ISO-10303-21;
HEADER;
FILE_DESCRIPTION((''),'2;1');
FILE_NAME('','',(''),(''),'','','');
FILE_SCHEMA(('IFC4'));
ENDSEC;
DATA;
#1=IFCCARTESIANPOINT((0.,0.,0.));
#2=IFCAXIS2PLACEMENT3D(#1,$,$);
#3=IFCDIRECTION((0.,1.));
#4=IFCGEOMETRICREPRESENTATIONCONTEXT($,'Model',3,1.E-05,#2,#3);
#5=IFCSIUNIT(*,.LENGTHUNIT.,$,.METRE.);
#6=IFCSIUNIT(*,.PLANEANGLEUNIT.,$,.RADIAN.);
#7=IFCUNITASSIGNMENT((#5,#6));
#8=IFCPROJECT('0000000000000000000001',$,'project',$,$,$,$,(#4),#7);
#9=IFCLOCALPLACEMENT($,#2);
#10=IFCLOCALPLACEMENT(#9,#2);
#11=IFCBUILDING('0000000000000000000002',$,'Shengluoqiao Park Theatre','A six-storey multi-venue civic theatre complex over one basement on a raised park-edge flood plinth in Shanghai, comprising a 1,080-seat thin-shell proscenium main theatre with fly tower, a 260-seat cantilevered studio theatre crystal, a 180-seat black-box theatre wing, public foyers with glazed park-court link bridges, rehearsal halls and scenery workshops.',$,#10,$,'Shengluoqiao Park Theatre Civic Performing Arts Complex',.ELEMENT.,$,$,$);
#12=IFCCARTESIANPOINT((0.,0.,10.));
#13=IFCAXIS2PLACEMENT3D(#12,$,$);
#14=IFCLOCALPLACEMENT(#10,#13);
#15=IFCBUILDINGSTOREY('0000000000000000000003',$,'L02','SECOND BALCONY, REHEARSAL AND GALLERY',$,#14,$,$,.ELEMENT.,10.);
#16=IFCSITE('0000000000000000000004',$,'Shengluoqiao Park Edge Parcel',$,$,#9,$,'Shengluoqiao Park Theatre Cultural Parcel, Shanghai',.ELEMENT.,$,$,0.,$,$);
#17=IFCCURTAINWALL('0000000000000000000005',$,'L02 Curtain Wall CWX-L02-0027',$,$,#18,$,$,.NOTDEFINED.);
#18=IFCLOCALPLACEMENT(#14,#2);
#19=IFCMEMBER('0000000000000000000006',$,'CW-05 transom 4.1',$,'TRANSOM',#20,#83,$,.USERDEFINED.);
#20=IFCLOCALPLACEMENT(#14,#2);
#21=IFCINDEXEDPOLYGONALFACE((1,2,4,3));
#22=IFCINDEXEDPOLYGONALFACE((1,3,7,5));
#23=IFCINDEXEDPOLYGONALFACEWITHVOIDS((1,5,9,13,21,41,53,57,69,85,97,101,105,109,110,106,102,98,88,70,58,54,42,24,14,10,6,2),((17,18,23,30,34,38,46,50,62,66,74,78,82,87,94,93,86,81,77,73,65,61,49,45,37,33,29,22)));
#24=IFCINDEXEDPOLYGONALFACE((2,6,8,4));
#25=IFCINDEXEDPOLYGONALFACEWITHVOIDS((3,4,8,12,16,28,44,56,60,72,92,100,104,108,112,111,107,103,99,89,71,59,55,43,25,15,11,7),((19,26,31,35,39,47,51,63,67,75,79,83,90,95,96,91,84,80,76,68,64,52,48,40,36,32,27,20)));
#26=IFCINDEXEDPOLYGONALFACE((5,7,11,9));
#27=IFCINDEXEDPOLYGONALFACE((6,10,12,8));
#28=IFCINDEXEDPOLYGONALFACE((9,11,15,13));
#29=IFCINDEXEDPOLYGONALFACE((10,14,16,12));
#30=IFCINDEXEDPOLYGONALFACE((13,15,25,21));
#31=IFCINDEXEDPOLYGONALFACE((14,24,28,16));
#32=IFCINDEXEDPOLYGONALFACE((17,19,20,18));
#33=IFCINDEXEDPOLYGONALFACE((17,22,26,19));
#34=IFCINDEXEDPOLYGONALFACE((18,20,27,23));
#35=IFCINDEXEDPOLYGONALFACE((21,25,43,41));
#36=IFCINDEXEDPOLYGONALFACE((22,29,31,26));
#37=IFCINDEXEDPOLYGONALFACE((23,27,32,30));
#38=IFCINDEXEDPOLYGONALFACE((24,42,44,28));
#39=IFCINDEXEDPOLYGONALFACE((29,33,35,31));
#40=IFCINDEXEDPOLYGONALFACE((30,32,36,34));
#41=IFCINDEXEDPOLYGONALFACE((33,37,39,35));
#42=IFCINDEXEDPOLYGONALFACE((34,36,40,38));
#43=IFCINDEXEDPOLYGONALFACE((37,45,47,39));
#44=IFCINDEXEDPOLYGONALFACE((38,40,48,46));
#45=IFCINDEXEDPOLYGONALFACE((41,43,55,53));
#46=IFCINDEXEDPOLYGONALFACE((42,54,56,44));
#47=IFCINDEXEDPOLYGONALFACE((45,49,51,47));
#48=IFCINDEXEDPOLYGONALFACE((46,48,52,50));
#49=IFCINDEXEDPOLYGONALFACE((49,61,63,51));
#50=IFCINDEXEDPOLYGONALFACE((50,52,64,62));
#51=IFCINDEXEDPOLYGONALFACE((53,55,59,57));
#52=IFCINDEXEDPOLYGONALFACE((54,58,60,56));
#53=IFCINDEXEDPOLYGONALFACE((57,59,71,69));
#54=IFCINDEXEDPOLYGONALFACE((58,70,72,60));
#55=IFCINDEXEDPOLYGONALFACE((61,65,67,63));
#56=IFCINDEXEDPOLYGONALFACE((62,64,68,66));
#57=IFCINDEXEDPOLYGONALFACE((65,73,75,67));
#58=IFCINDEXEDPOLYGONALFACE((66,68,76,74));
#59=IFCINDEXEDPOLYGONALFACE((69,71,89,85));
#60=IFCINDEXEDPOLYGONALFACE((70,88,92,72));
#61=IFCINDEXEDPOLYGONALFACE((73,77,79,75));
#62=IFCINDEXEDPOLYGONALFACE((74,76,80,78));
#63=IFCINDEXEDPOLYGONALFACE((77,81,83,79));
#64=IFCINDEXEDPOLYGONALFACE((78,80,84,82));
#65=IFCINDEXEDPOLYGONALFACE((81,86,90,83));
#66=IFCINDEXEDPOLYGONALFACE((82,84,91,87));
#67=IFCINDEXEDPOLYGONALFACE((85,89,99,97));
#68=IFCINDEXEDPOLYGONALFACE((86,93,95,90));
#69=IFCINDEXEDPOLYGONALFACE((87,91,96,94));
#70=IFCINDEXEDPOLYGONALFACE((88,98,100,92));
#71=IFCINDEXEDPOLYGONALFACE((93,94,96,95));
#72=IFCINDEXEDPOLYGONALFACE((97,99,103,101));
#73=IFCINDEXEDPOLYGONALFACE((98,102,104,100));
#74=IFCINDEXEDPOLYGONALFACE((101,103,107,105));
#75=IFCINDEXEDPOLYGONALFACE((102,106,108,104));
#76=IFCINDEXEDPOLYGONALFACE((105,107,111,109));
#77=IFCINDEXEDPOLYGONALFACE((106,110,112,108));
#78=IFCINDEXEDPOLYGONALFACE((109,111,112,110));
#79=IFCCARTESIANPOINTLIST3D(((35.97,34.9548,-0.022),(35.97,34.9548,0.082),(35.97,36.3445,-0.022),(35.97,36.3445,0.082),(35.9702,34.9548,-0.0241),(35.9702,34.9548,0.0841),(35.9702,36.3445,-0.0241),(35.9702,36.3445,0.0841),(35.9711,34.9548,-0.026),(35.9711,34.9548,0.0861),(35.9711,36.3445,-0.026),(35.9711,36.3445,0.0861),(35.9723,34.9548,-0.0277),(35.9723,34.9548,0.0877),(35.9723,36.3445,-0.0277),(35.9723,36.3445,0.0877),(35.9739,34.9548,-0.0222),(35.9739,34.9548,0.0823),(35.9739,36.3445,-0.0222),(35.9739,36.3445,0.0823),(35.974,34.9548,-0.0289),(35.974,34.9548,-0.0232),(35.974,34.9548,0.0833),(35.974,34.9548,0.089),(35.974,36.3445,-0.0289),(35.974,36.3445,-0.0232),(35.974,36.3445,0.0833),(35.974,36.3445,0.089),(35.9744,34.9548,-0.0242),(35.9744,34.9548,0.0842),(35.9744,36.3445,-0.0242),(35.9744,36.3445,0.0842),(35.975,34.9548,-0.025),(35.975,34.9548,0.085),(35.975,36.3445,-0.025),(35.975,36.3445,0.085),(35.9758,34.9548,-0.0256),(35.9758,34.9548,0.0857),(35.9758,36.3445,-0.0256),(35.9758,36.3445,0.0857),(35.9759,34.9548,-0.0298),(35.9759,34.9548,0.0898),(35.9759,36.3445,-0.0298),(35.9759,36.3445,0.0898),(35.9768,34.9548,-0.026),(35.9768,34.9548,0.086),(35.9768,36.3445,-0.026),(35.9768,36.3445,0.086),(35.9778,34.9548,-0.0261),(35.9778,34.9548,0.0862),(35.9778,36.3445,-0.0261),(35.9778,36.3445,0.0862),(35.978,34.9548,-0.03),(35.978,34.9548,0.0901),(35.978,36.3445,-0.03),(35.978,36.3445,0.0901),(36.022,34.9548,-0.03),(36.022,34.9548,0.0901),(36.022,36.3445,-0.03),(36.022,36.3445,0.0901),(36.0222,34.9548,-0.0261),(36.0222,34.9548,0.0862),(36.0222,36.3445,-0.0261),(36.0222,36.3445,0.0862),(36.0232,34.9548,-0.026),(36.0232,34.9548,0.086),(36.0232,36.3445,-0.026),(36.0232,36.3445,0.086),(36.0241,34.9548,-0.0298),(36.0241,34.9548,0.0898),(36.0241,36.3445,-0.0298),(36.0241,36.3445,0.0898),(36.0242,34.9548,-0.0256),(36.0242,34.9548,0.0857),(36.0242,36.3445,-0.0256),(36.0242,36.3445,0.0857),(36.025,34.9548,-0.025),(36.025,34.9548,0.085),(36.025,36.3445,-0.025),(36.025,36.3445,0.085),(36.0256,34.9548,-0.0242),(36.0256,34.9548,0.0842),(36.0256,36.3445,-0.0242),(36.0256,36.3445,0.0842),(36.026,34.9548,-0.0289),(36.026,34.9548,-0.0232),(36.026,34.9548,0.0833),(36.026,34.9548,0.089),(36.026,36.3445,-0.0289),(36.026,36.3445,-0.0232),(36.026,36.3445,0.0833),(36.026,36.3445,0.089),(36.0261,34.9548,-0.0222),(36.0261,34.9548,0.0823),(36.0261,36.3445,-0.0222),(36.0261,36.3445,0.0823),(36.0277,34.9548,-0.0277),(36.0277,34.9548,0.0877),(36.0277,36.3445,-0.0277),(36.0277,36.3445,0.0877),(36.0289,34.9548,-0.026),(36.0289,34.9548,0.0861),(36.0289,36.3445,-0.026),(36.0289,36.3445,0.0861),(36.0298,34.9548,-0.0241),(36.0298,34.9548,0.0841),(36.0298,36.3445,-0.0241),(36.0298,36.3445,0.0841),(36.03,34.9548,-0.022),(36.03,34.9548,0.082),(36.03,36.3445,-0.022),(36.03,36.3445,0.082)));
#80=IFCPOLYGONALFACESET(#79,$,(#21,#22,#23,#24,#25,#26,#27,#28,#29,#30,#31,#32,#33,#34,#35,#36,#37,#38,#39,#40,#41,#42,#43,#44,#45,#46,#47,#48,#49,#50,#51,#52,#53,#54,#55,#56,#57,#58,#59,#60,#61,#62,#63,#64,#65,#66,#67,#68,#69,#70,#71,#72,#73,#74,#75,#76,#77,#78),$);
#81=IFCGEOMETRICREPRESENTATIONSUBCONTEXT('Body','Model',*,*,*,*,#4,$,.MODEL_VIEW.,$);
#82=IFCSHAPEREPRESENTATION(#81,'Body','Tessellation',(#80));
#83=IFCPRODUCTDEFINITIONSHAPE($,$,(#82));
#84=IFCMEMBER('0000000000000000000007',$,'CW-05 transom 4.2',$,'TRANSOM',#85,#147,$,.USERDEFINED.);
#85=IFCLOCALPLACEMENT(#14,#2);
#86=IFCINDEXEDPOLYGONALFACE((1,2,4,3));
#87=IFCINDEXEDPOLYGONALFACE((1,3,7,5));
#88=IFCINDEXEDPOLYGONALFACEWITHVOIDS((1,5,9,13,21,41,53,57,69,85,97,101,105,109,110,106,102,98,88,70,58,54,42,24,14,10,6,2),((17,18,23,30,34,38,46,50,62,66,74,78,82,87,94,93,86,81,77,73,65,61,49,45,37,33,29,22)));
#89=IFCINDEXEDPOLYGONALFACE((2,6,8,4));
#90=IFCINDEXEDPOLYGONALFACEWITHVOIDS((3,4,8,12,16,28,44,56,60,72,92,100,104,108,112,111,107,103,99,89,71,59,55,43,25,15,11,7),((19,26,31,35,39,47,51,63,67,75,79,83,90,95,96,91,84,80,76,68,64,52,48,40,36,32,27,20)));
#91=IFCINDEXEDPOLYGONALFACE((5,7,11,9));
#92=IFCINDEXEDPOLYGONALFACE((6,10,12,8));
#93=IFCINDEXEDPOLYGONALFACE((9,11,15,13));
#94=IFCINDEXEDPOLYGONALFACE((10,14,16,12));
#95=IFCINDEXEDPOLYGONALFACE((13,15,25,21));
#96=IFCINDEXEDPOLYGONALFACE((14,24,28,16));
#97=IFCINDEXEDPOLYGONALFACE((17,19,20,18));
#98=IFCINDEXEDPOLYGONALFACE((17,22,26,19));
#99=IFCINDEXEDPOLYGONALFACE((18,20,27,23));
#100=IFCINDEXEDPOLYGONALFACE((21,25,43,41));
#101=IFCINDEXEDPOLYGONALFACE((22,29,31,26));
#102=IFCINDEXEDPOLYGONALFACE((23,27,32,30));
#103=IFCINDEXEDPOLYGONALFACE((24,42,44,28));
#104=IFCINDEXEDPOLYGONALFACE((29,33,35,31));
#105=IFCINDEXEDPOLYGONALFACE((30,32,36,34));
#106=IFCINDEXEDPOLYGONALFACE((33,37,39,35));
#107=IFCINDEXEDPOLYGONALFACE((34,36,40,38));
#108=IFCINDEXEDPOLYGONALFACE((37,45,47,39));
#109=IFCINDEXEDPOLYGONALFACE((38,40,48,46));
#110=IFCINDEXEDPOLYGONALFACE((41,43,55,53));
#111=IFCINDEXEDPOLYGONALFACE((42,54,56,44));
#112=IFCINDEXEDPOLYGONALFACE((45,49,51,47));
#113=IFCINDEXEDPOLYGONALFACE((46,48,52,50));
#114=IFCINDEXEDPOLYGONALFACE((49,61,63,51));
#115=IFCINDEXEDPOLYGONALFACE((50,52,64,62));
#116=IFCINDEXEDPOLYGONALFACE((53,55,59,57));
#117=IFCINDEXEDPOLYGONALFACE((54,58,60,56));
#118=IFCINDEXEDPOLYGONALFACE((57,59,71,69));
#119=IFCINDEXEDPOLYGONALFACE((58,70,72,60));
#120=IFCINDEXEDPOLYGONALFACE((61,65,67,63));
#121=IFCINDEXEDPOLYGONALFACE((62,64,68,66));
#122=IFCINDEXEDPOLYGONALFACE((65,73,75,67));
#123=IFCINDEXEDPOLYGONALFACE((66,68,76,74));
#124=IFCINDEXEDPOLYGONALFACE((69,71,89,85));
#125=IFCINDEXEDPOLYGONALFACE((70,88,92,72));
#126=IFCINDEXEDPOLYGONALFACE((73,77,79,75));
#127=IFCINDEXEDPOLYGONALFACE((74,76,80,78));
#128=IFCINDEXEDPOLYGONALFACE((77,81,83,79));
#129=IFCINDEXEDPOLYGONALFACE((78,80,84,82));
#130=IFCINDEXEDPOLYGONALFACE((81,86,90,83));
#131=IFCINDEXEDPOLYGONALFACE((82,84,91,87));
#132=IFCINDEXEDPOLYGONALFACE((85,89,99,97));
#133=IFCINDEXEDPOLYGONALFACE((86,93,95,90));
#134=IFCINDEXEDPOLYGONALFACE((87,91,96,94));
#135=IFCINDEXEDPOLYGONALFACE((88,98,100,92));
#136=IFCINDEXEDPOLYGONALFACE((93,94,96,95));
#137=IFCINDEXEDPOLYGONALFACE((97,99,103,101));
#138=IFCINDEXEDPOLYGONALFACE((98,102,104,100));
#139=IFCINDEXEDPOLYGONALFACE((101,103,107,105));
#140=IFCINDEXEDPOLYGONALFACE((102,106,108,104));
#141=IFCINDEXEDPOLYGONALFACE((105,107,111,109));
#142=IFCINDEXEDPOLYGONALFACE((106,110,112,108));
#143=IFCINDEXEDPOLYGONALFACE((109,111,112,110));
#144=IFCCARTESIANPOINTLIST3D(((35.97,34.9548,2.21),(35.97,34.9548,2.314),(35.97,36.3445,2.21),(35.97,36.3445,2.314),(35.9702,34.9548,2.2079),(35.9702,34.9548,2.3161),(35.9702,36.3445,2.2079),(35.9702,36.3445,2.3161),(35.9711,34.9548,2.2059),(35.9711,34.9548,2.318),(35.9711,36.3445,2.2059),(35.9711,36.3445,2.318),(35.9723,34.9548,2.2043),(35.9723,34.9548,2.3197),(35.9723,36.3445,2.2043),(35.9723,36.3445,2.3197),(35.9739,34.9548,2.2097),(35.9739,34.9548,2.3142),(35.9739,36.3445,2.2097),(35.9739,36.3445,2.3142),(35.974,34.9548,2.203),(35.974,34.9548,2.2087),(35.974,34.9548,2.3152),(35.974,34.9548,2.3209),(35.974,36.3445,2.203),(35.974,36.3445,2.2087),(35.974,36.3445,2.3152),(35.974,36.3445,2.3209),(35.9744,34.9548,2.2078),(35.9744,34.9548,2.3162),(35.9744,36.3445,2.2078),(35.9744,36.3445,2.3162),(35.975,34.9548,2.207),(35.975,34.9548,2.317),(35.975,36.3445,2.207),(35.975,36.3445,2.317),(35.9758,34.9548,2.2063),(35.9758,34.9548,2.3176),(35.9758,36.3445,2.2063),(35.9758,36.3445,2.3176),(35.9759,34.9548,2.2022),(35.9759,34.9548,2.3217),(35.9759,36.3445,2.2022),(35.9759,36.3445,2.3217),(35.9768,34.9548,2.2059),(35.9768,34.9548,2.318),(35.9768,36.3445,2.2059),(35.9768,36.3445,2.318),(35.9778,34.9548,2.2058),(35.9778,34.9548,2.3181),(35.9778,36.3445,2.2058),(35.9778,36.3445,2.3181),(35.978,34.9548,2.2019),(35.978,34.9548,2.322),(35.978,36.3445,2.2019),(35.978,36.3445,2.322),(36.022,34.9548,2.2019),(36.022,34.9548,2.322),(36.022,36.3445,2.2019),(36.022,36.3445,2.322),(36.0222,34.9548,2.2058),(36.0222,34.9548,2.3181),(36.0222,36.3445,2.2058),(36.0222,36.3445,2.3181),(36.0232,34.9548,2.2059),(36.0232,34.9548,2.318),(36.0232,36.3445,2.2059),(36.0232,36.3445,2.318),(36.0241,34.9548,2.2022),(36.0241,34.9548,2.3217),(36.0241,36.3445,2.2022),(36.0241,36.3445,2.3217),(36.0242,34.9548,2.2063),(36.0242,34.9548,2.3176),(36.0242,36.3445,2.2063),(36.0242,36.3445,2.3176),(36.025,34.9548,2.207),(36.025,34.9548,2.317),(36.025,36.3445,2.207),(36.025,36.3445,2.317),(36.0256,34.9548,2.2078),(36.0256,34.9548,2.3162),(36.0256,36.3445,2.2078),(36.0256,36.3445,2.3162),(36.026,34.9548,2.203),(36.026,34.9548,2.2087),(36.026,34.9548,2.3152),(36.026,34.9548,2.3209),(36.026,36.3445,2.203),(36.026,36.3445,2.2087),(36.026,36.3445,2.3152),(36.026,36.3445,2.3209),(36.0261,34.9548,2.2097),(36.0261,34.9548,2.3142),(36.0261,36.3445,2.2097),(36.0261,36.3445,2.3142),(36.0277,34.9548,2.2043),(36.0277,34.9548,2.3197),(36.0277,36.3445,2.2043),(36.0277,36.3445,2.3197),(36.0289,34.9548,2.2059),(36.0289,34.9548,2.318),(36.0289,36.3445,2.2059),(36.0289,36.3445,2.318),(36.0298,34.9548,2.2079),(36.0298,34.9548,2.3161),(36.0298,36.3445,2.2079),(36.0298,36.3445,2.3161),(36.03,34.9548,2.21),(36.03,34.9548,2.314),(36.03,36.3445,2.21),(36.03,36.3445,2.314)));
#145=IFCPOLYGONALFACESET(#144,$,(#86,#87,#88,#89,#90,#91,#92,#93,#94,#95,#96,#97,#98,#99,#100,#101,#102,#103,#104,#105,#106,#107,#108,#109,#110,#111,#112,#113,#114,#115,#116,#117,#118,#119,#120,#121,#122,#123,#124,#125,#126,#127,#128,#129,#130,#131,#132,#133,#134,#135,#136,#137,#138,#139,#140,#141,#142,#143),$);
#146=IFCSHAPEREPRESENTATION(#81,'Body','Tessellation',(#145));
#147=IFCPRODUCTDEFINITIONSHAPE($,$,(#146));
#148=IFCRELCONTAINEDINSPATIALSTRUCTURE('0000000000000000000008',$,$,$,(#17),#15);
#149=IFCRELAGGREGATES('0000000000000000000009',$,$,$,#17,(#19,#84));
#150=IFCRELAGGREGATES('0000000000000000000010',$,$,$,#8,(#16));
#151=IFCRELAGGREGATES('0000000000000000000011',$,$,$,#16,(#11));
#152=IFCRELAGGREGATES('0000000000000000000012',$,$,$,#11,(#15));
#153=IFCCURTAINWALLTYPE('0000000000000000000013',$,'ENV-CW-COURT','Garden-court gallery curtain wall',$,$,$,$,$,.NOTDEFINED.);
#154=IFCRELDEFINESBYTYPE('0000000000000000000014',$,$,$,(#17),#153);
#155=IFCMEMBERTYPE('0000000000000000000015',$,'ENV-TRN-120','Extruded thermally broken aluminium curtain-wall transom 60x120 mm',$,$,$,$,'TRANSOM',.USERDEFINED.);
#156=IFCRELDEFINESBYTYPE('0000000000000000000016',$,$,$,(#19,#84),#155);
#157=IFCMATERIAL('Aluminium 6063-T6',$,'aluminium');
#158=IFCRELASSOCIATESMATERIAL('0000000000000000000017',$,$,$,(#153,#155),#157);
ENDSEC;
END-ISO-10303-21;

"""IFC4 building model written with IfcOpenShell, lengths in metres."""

from ifc_helpers import new_model, si_unit, direction, frame, origin, origin_2d, place, context, subcontext, project, spatial, hollow_rectangle, extrude, material, material_profile, profile_set, type_object, element, aggregate, save


model = new_model("IFC4")

# Units and contexts
model_context = context("Model", 3, precision=1e-05, world=origin(), true_north=direction((0.0, 1.0)))
body_context = subcontext(model_context, "Body", "Model", "MODEL_VIEW")
ifc_project = project(units=[si_unit("LENGTHUNIT", "METRE"), si_unit("PLANEANGLEUNIT", "RADIAN")], contexts=[model_context])

# Site, building, storey
site_placement = place(None, origin())
site = spatial("IfcSite", under=ifc_project, at=site_placement, Name="Shengluoqiao Park Edge Parcel", LongName="Shengluoqiao Park Theatre Cultural Parcel, Shanghai", CompositionType="ELEMENT", RefElevation=0.0)
building_placement = place(site_placement, origin())
building = spatial("IfcBuilding", under=site, at=building_placement, Name="Shengluoqiao Park Theatre", Description="A six-storey multi-venue civic theatre complex over one basement on a raised park-edge flood plinth in Shanghai, comprising a 1,080-seat thin-shell proscenium main theatre with fly tower, a 260-seat cantilevered studio theatre crystal, a 180-seat black-box theatre wing, public foyers with glazed park-court link bridges, rehearsal halls and scenery workshops.", LongName="Shengluoqiao Park Theatre Civic Performing Arts Complex", CompositionType="ELEMENT")
storey_placement = place(building_placement, frame((0.0, 0.0, 10.0)))
storey = spatial("IfcBuildingStorey", under=building, at=storey_placement, Name="L02", Description="SECOND BALCONY, REHEARSAL AND GALLERY", CompositionType="ELEMENT", Elevation=10.0)

# Curtain wall, members
ifc_material_1 = material(Name="Aluminium 6063-T6", Category="aluminium")
curtain_wall_type = type_object("IfcCurtainWallType", Name="ENV-CW-COURT", Description="Garden-court gallery curtain wall", PredefinedType="NOTDEFINED", material=ifc_material_1)
curtain_wall_placement = place(storey_placement, origin())
curtain_wall = element("IfcCurtainWall", 1, at=curtain_wall_placement, inside=storey, type_object=curtain_wall_type, Name="L02 Curtain Wall CWX-L02-0027", PredefinedType="NOTDEFINED")
ifc_material_profile_1 = material_profile(ifc_material_1, hollow_rectangle(XDim=0.0601, YDim=0.1201, WallThickness=0.0039, InnerFilletRadius=0.0039, OuterFilletRadius=0.0081, at=origin_2d()), Name="ALU TRANSOM 120x60x4")
ifc_profile_set_1 = profile_set([ifc_material_profile_1], Name="Aluminium 6063-T6")
member_type_1 = type_object("IfcMemberType", Name="ENV-TRN-120", Description="Extruded thermally broken aluminium curtain-wall transom 60x120 mm", ElementType="TRANSOM", PredefinedType="USERDEFINED", material=ifc_profile_set_1)
member_1_placement = place(storey_placement, frame((36.0, 34.9548, 0.03), z_axis=(0.0, 1.0, 0.0), x_axis=(-1.0, 0.0, 0.0)))
member_1 = element("IfcMember", 2, at=member_1_placement, type_object=member_type_1, Name="CW-05 transom 4.1", ObjectType="TRANSOM", PredefinedType="USERDEFINED", context=body_context, shape_type="SweptSolid", body=[
    extrude(hollow_rectangle(XDim=0.0601, YDim=0.1201, WallThickness=0.0039, InnerFilletRadius=0.0039, OuterFilletRadius=0.0081, at=origin_2d()), origin(), (0.0, 0.0, 1.0), 1.3896),
])
member_2_placement = place(storey_placement, frame((36.0, 34.9548, 2.262), z_axis=(0.0, 1.0, 0.0), x_axis=(-1.0, 0.0, 0.0)))
member_2 = element("IfcMember", 3, at=member_2_placement, type_object=member_type_1, Name="CW-05 transom 4.2", ObjectType="TRANSOM", PredefinedType="USERDEFINED", context=body_context, shape_type="SweptSolid", body=[
    extrude(hollow_rectangle(XDim=0.0601, YDim=0.1201, WallThickness=0.0039, InnerFilletRadius=0.0039, OuterFilletRadius=0.0081, at=origin_2d()), origin(), (0.0, 0.0, 1.0), 1.3896),
])
aggregate(curtain_wall, [member_1, member_2])

save(model, "model.ifc")
